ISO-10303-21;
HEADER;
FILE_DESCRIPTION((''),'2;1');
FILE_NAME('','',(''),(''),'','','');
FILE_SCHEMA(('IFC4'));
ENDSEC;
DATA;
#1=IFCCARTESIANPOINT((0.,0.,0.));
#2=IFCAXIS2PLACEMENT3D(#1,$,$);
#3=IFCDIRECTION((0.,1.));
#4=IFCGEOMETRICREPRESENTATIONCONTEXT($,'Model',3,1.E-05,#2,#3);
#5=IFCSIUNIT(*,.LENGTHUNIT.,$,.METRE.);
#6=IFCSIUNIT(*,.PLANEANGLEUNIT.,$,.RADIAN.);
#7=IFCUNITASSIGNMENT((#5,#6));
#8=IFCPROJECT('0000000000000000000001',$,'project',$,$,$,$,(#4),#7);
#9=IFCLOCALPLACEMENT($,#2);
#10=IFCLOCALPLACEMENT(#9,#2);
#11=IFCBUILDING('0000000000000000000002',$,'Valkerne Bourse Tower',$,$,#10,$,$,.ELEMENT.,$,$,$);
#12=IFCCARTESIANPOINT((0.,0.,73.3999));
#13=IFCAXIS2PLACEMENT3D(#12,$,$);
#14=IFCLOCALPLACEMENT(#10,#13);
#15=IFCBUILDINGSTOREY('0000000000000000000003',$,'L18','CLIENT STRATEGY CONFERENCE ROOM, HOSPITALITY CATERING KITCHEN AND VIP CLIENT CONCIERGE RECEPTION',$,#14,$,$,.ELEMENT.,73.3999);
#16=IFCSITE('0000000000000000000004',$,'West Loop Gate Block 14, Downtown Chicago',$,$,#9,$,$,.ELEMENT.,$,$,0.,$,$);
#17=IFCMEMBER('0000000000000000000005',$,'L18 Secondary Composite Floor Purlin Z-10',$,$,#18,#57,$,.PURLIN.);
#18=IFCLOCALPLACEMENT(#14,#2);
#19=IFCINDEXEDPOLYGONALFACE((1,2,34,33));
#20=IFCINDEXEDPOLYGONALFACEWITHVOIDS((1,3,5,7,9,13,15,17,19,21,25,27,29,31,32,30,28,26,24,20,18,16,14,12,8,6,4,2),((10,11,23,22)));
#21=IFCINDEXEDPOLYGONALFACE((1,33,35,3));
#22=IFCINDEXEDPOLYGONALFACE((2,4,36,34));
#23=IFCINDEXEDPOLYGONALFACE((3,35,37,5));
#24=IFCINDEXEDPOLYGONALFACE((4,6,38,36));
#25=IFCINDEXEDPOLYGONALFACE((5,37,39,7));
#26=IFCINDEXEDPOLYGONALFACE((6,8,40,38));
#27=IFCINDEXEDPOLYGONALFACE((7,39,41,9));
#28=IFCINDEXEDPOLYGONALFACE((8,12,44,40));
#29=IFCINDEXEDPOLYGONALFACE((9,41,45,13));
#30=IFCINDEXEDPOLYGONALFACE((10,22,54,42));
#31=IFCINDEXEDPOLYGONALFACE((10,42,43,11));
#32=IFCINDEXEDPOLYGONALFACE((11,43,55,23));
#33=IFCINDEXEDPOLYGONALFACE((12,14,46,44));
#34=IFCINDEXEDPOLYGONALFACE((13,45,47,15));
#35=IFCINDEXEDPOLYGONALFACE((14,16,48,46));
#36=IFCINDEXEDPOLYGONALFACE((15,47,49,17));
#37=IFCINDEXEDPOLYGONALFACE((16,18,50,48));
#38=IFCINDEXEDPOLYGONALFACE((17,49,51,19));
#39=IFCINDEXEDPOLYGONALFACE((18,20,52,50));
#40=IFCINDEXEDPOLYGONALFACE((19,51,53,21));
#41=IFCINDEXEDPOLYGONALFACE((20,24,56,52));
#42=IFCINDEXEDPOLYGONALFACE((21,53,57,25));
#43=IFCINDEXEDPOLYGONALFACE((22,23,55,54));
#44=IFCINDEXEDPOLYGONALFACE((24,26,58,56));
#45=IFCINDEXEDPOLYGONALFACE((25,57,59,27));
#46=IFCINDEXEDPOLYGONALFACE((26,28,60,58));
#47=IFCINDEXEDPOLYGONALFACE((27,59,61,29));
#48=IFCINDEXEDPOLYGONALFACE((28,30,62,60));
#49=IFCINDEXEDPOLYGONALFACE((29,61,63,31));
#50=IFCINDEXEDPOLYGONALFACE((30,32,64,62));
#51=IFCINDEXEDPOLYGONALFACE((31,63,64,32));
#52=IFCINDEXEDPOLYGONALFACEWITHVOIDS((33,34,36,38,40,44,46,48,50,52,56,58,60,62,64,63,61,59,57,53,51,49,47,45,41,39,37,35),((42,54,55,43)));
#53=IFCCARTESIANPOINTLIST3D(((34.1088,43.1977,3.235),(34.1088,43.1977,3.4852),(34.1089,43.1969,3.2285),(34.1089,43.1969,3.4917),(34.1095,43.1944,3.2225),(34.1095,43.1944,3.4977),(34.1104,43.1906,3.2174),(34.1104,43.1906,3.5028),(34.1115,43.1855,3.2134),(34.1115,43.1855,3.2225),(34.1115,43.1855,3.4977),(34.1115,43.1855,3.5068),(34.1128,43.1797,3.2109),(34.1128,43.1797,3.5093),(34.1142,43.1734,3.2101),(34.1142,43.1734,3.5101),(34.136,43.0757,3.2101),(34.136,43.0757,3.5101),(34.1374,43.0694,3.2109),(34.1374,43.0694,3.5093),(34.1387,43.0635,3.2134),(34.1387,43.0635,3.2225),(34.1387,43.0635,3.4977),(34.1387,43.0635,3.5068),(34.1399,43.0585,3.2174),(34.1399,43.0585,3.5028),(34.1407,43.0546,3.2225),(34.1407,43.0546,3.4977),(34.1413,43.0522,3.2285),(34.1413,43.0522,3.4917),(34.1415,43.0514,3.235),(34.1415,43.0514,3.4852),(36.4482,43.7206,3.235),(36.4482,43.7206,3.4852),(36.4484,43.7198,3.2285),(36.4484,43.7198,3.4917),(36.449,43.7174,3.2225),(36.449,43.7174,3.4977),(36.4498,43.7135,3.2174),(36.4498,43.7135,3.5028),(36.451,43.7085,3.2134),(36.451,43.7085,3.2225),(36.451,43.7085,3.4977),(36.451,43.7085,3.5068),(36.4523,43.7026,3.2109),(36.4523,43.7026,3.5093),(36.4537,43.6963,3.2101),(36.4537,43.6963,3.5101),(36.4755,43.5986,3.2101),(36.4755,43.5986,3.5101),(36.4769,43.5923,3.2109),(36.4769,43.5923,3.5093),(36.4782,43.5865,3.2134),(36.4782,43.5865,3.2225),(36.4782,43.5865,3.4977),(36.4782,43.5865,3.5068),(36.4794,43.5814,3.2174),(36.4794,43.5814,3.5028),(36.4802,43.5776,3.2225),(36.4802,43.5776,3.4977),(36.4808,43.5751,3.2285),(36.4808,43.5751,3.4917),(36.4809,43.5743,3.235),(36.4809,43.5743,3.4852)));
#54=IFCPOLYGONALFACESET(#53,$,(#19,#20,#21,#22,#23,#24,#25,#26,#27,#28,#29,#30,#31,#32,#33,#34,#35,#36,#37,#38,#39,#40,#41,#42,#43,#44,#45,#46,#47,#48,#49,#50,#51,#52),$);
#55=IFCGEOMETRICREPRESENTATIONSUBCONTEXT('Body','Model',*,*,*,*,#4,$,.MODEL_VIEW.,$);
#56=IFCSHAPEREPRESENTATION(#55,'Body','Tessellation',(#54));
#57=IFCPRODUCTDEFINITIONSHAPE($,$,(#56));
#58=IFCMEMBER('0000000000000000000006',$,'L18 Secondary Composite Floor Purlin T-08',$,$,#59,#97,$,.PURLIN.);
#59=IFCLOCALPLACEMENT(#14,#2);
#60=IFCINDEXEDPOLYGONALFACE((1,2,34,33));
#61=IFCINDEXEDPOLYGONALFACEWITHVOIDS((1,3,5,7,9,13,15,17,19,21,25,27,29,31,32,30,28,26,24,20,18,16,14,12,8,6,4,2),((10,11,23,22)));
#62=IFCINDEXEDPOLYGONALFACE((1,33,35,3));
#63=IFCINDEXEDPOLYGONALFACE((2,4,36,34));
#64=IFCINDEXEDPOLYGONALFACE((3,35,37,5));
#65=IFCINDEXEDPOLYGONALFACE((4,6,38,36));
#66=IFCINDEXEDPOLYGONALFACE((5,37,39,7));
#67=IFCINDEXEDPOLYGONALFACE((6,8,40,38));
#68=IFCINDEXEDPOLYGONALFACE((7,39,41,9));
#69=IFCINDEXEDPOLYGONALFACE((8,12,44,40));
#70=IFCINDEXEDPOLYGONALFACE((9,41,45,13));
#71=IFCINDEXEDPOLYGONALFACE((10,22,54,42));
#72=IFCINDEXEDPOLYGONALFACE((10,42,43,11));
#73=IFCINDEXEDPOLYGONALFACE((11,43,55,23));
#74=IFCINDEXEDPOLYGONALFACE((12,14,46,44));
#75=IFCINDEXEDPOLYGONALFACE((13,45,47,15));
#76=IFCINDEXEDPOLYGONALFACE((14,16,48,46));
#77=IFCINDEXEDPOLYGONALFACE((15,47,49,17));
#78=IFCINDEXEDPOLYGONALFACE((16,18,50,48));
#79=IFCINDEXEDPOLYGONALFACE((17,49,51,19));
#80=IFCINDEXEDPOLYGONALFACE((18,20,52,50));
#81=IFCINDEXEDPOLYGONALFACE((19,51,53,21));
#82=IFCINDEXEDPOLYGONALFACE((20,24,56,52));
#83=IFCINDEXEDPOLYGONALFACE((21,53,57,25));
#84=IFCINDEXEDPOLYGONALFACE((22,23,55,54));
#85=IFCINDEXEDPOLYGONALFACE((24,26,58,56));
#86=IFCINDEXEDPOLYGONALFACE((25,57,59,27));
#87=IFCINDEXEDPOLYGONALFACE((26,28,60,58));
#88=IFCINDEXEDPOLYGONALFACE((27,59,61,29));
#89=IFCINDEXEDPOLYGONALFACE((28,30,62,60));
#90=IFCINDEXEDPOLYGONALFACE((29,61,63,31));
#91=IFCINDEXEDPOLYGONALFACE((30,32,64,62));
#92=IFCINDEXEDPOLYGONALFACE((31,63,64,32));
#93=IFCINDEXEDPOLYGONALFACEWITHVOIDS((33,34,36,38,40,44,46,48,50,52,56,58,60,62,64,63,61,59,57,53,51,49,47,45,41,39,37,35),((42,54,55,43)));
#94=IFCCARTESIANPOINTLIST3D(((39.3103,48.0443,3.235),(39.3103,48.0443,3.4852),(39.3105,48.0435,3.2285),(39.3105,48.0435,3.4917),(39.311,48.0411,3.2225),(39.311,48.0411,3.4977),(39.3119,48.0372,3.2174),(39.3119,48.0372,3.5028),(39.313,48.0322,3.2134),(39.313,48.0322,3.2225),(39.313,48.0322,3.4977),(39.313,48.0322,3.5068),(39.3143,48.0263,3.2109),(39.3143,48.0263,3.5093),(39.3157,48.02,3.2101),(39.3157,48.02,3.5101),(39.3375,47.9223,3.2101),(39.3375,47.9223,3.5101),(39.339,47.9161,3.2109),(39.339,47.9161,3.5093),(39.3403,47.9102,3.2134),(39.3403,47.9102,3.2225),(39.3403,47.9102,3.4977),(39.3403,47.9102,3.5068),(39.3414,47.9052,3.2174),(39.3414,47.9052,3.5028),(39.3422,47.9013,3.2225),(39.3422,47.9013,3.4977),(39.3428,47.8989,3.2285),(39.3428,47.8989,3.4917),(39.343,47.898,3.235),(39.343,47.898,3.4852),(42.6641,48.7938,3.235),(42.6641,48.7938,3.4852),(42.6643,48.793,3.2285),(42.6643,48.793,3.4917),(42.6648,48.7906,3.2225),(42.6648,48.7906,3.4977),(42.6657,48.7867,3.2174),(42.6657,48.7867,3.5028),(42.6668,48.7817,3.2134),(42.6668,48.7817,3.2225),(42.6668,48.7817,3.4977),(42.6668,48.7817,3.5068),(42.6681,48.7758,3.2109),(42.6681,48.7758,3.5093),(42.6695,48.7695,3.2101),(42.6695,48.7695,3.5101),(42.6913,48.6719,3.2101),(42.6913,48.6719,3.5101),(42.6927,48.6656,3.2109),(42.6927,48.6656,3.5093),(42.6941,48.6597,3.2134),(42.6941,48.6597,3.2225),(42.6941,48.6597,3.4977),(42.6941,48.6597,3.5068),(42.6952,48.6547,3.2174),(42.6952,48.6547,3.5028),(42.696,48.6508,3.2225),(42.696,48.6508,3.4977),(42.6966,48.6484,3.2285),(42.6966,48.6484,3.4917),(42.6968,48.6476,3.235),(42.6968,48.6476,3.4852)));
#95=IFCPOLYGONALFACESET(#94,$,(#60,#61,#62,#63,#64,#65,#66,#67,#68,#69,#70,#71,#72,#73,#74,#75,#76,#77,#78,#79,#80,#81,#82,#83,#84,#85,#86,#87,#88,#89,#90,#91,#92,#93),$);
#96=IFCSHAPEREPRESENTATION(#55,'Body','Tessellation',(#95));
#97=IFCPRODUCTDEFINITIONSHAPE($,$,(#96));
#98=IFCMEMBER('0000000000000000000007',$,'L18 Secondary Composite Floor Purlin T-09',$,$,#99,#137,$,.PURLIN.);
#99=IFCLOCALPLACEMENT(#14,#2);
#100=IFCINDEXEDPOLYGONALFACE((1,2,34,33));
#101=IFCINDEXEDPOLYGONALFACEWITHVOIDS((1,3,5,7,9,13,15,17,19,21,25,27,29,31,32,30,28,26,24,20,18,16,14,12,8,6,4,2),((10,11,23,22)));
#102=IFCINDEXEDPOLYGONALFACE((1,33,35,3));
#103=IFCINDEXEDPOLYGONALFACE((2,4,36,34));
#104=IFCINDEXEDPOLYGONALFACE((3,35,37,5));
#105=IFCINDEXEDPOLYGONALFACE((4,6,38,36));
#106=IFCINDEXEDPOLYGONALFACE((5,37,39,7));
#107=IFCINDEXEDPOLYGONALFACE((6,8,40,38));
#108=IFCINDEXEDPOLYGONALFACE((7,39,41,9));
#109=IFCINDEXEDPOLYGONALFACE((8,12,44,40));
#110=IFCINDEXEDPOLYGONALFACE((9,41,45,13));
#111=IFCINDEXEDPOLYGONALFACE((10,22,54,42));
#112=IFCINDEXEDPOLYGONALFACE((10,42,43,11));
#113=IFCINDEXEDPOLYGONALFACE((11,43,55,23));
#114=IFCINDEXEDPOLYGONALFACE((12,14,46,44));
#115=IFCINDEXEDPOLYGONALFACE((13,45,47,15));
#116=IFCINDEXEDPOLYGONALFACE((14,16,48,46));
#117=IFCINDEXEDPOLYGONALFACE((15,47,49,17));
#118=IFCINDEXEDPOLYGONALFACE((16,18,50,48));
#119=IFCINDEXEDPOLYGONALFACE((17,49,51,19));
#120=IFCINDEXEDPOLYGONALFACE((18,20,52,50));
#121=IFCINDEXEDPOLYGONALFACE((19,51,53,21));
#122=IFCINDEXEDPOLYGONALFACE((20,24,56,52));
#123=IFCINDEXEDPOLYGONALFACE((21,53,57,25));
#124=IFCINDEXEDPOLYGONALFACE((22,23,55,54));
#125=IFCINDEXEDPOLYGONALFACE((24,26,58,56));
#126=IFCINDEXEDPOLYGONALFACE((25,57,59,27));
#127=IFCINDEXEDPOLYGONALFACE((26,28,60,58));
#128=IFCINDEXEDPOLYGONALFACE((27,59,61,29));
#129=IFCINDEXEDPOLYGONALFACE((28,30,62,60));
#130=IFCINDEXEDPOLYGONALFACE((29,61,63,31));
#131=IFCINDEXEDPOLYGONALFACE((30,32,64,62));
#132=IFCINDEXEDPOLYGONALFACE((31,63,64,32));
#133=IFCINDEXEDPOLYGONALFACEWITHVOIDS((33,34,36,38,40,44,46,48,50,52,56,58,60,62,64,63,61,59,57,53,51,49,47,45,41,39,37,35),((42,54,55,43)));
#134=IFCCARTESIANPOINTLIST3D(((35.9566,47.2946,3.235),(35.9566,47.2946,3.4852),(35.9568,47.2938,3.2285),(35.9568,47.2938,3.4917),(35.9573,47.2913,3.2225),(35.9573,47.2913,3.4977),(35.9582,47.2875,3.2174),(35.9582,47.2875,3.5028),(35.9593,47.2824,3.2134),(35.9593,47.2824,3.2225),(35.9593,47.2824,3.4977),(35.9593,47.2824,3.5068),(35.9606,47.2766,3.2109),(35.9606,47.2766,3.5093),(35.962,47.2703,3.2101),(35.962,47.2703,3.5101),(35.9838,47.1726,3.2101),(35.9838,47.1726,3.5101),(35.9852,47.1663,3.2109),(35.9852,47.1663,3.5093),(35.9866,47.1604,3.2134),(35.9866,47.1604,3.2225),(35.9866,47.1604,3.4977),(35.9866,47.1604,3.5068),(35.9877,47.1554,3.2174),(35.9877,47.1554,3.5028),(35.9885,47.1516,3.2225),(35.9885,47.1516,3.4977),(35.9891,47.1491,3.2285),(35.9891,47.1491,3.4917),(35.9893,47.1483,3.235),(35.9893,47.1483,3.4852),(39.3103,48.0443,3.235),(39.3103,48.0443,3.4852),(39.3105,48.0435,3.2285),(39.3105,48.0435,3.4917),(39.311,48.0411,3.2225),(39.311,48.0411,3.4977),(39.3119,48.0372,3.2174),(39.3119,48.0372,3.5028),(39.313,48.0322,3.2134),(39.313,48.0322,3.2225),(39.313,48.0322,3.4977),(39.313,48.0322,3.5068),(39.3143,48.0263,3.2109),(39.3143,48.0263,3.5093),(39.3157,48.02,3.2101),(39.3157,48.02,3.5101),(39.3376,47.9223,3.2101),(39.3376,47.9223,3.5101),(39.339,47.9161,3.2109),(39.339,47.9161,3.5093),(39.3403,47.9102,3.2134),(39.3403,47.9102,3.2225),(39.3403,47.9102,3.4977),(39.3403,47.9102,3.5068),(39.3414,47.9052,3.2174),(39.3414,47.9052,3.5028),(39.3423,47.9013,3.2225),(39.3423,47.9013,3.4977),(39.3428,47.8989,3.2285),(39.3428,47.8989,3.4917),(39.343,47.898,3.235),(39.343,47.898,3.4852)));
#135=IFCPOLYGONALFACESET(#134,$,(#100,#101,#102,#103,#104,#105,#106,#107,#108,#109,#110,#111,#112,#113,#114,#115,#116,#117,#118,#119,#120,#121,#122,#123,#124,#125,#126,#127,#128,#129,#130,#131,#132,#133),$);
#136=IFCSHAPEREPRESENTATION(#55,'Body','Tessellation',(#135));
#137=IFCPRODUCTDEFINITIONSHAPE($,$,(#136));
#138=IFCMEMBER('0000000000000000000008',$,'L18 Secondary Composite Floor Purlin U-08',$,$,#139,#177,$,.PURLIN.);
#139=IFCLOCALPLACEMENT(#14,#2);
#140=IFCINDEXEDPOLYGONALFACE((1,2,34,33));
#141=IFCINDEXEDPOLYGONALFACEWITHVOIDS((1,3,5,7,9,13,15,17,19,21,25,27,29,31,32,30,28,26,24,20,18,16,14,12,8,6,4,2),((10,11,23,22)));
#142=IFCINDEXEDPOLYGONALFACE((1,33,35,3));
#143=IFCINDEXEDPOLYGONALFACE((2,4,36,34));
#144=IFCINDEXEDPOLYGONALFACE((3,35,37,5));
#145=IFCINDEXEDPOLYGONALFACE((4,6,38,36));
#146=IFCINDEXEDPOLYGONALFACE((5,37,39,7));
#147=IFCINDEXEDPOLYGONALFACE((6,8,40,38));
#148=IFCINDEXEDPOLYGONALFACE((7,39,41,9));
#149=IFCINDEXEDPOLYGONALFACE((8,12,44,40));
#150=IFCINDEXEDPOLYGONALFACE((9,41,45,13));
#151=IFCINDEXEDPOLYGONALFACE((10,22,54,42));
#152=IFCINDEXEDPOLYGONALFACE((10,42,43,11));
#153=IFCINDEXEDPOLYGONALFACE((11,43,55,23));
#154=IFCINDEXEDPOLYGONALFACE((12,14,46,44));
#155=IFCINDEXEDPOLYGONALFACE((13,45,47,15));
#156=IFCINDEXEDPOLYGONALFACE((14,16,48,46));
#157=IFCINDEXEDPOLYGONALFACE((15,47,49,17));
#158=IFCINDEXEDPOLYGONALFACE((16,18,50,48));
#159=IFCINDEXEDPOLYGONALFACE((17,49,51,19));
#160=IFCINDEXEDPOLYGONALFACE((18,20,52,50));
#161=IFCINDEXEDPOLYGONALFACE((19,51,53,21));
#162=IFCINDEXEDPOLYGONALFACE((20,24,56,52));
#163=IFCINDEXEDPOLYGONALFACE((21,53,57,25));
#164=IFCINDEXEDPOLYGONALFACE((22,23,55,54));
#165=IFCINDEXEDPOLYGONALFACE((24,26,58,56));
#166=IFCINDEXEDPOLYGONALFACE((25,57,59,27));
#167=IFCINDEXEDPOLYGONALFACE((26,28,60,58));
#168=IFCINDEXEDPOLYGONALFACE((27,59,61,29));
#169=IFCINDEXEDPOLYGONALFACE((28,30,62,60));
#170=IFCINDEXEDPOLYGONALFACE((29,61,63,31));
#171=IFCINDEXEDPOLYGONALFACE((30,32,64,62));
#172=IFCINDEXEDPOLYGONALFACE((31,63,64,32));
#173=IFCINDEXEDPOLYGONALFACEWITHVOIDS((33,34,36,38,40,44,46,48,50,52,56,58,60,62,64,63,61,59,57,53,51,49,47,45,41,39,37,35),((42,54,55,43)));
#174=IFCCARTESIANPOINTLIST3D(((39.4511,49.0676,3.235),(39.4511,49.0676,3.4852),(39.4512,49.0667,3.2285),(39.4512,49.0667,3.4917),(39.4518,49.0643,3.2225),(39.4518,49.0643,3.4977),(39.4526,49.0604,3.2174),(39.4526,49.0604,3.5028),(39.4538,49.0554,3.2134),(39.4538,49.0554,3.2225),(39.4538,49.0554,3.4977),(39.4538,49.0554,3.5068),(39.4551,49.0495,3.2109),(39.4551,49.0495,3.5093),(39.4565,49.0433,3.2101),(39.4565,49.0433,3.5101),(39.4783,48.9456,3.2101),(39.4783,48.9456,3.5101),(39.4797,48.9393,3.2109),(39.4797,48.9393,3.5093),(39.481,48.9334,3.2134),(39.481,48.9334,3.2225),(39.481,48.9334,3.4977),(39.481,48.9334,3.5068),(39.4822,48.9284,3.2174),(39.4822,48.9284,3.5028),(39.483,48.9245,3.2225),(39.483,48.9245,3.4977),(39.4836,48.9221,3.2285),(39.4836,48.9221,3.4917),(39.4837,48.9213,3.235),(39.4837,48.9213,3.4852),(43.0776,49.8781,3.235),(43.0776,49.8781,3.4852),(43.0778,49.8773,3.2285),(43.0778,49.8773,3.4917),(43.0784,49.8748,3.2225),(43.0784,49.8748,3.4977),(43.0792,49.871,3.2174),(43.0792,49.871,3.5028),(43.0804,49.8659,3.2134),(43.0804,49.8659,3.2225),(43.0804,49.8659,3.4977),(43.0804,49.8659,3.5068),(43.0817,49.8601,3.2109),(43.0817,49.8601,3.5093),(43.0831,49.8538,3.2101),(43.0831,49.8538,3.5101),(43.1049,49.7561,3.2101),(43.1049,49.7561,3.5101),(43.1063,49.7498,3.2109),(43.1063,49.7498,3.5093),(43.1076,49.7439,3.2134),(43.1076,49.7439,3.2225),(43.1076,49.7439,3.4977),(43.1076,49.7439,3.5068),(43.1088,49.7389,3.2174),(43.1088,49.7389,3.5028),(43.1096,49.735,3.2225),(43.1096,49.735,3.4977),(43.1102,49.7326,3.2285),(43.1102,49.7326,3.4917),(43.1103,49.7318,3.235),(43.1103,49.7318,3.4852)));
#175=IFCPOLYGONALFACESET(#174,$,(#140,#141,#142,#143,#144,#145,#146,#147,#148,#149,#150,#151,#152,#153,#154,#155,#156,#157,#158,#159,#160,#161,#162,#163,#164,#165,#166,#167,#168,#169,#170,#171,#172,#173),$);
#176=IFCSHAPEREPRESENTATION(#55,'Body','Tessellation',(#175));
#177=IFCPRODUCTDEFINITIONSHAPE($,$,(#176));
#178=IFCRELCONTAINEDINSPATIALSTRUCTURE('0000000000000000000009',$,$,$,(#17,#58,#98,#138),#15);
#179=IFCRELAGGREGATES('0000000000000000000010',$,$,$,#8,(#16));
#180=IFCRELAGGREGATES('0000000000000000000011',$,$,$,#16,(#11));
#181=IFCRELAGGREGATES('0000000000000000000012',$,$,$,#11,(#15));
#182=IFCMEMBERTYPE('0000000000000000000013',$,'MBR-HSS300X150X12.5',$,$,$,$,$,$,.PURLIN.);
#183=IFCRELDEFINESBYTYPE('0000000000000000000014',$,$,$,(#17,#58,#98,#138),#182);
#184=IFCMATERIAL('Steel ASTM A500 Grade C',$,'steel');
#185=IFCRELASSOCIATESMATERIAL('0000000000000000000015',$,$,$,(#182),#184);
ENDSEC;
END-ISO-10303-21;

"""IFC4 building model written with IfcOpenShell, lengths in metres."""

from ifc_helpers import new_model, si_unit, direction, frame, origin, origin_2d, place, context, subcontext, project, spatial, hollow_rectangle, extrude, material, material_profile, profile_set, type_object, element, save


model = new_model("IFC4")

# Units and contexts
model_context = context("Model", 3, precision=1e-05, world=origin(), true_north=direction((0.0, 1.0)))
body_context = subcontext(model_context, "Body", "Model", "MODEL_VIEW")
ifc_project = project(units=[si_unit("LENGTHUNIT", "METRE"), si_unit("PLANEANGLEUNIT", "RADIAN")], contexts=[model_context])

# Site, building, storey
site_placement = place(None, origin())
site = spatial("IfcSite", under=ifc_project, at=site_placement, Name="West Loop Gate Block 14, Downtown Chicago", CompositionType="ELEMENT", RefElevation=0.0)
building_placement = place(site_placement, origin())
building = spatial("IfcBuilding", under=site, at=building_placement, Name="Valkerne Bourse Tower", CompositionType="ELEMENT")
storey_placement = place(building_placement, frame((0.0, 0.0, 73.3999)))
storey = spatial("IfcBuildingStorey", under=building, at=storey_placement, Name="L18", Description="CLIENT STRATEGY CONFERENCE ROOM, HOSPITALITY CATERING KITCHEN AND VIP CLIENT CONCIERGE RECEPTION", CompositionType="ELEMENT", Elevation=73.3999)

# Members
ifc_material_1 = material(Name="Steel ASTM A500 Grade C", Category="steel")
ifc_material_profile_1 = material_profile(ifc_material_1, hollow_rectangle(XDim=0.1499, YDim=0.3, WallThickness=0.0125, OuterFilletRadius=0.0249, at=origin_2d()), Name="HSS300X150X12.5")
ifc_profile_set_1 = profile_set([ifc_material_profile_1], Name="Steel ASTM A500 Grade C")
member_type_1 = type_object("IfcMemberType", Name="MBR-HSS300X150X12.5", PredefinedType="PURLIN", material=ifc_profile_set_1)
member_1_placement = place(storey_placement, frame((36.4646, 43.6475, 3.3601), z_axis=(-0.975918, -0.218138, 0.0), x_axis=(0.218138, -0.975918, 0.0)))
element("IfcMember", 1, at=member_1_placement, inside=storey, type_object=member_type_1, Name="L18 Secondary Composite Floor Purlin Z-10", PredefinedType="PURLIN", context=body_context, shape_type="SweptSolid", body=[
    extrude(hollow_rectangle(XDim=0.1499, YDim=0.3, WallThickness=0.0125, OuterFilletRadius=0.0249, at=origin_2d()), origin(), (0.0, 0.0, 1.0), 2.3972),
])
for number, where, z_axis, x_axis, name in (
    (2, (42.6804, 48.7207, 3.3601), (-0.975926, -0.218104, 0.0), (0.218104, -0.975926, 0.0), "L18 Secondary Composite Floor Purlin T-08"),
    (3, (39.3267, 47.9712, 3.3601), (-0.97591, -0.218171, 0.0), (0.218171, -0.97591, 0.0), "L18 Secondary Composite Floor Purlin T-09"),
):
    element("IfcMember", number, at=place(storey_placement, frame(where, z_axis=z_axis, x_axis=x_axis)), inside=storey, type_object=member_type_1, Name=name, PredefinedType="PURLIN", context=body_context, shape_type="SweptSolid", body=[
        extrude(hollow_rectangle(XDim=0.1499, YDim=0.3, WallThickness=0.0125, OuterFilletRadius=0.0249, at=origin_2d()), origin(), (0.0, 0.0, 1.0), 3.4365),
    ])
member_2_placement = place(storey_placement, frame((43.094, 49.8049, 3.3601), z_axis=(-0.975924, -0.218113, 0.0), x_axis=(0.218113, -0.975924, 0.0)))
element("IfcMember", 4, at=member_2_placement, inside=storey, type_object=member_type_1, Name="L18 Secondary Composite Floor Purlin U-08", PredefinedType="PURLIN", context=body_context, shape_type="SweptSolid", body=[
    extrude(hollow_rectangle(XDim=0.1499, YDim=0.3, WallThickness=0.0125, OuterFilletRadius=0.0249, at=origin_2d()), origin(), (0.0, 0.0, 1.0), 3.7161),
])

save(model, "model.ifc")
